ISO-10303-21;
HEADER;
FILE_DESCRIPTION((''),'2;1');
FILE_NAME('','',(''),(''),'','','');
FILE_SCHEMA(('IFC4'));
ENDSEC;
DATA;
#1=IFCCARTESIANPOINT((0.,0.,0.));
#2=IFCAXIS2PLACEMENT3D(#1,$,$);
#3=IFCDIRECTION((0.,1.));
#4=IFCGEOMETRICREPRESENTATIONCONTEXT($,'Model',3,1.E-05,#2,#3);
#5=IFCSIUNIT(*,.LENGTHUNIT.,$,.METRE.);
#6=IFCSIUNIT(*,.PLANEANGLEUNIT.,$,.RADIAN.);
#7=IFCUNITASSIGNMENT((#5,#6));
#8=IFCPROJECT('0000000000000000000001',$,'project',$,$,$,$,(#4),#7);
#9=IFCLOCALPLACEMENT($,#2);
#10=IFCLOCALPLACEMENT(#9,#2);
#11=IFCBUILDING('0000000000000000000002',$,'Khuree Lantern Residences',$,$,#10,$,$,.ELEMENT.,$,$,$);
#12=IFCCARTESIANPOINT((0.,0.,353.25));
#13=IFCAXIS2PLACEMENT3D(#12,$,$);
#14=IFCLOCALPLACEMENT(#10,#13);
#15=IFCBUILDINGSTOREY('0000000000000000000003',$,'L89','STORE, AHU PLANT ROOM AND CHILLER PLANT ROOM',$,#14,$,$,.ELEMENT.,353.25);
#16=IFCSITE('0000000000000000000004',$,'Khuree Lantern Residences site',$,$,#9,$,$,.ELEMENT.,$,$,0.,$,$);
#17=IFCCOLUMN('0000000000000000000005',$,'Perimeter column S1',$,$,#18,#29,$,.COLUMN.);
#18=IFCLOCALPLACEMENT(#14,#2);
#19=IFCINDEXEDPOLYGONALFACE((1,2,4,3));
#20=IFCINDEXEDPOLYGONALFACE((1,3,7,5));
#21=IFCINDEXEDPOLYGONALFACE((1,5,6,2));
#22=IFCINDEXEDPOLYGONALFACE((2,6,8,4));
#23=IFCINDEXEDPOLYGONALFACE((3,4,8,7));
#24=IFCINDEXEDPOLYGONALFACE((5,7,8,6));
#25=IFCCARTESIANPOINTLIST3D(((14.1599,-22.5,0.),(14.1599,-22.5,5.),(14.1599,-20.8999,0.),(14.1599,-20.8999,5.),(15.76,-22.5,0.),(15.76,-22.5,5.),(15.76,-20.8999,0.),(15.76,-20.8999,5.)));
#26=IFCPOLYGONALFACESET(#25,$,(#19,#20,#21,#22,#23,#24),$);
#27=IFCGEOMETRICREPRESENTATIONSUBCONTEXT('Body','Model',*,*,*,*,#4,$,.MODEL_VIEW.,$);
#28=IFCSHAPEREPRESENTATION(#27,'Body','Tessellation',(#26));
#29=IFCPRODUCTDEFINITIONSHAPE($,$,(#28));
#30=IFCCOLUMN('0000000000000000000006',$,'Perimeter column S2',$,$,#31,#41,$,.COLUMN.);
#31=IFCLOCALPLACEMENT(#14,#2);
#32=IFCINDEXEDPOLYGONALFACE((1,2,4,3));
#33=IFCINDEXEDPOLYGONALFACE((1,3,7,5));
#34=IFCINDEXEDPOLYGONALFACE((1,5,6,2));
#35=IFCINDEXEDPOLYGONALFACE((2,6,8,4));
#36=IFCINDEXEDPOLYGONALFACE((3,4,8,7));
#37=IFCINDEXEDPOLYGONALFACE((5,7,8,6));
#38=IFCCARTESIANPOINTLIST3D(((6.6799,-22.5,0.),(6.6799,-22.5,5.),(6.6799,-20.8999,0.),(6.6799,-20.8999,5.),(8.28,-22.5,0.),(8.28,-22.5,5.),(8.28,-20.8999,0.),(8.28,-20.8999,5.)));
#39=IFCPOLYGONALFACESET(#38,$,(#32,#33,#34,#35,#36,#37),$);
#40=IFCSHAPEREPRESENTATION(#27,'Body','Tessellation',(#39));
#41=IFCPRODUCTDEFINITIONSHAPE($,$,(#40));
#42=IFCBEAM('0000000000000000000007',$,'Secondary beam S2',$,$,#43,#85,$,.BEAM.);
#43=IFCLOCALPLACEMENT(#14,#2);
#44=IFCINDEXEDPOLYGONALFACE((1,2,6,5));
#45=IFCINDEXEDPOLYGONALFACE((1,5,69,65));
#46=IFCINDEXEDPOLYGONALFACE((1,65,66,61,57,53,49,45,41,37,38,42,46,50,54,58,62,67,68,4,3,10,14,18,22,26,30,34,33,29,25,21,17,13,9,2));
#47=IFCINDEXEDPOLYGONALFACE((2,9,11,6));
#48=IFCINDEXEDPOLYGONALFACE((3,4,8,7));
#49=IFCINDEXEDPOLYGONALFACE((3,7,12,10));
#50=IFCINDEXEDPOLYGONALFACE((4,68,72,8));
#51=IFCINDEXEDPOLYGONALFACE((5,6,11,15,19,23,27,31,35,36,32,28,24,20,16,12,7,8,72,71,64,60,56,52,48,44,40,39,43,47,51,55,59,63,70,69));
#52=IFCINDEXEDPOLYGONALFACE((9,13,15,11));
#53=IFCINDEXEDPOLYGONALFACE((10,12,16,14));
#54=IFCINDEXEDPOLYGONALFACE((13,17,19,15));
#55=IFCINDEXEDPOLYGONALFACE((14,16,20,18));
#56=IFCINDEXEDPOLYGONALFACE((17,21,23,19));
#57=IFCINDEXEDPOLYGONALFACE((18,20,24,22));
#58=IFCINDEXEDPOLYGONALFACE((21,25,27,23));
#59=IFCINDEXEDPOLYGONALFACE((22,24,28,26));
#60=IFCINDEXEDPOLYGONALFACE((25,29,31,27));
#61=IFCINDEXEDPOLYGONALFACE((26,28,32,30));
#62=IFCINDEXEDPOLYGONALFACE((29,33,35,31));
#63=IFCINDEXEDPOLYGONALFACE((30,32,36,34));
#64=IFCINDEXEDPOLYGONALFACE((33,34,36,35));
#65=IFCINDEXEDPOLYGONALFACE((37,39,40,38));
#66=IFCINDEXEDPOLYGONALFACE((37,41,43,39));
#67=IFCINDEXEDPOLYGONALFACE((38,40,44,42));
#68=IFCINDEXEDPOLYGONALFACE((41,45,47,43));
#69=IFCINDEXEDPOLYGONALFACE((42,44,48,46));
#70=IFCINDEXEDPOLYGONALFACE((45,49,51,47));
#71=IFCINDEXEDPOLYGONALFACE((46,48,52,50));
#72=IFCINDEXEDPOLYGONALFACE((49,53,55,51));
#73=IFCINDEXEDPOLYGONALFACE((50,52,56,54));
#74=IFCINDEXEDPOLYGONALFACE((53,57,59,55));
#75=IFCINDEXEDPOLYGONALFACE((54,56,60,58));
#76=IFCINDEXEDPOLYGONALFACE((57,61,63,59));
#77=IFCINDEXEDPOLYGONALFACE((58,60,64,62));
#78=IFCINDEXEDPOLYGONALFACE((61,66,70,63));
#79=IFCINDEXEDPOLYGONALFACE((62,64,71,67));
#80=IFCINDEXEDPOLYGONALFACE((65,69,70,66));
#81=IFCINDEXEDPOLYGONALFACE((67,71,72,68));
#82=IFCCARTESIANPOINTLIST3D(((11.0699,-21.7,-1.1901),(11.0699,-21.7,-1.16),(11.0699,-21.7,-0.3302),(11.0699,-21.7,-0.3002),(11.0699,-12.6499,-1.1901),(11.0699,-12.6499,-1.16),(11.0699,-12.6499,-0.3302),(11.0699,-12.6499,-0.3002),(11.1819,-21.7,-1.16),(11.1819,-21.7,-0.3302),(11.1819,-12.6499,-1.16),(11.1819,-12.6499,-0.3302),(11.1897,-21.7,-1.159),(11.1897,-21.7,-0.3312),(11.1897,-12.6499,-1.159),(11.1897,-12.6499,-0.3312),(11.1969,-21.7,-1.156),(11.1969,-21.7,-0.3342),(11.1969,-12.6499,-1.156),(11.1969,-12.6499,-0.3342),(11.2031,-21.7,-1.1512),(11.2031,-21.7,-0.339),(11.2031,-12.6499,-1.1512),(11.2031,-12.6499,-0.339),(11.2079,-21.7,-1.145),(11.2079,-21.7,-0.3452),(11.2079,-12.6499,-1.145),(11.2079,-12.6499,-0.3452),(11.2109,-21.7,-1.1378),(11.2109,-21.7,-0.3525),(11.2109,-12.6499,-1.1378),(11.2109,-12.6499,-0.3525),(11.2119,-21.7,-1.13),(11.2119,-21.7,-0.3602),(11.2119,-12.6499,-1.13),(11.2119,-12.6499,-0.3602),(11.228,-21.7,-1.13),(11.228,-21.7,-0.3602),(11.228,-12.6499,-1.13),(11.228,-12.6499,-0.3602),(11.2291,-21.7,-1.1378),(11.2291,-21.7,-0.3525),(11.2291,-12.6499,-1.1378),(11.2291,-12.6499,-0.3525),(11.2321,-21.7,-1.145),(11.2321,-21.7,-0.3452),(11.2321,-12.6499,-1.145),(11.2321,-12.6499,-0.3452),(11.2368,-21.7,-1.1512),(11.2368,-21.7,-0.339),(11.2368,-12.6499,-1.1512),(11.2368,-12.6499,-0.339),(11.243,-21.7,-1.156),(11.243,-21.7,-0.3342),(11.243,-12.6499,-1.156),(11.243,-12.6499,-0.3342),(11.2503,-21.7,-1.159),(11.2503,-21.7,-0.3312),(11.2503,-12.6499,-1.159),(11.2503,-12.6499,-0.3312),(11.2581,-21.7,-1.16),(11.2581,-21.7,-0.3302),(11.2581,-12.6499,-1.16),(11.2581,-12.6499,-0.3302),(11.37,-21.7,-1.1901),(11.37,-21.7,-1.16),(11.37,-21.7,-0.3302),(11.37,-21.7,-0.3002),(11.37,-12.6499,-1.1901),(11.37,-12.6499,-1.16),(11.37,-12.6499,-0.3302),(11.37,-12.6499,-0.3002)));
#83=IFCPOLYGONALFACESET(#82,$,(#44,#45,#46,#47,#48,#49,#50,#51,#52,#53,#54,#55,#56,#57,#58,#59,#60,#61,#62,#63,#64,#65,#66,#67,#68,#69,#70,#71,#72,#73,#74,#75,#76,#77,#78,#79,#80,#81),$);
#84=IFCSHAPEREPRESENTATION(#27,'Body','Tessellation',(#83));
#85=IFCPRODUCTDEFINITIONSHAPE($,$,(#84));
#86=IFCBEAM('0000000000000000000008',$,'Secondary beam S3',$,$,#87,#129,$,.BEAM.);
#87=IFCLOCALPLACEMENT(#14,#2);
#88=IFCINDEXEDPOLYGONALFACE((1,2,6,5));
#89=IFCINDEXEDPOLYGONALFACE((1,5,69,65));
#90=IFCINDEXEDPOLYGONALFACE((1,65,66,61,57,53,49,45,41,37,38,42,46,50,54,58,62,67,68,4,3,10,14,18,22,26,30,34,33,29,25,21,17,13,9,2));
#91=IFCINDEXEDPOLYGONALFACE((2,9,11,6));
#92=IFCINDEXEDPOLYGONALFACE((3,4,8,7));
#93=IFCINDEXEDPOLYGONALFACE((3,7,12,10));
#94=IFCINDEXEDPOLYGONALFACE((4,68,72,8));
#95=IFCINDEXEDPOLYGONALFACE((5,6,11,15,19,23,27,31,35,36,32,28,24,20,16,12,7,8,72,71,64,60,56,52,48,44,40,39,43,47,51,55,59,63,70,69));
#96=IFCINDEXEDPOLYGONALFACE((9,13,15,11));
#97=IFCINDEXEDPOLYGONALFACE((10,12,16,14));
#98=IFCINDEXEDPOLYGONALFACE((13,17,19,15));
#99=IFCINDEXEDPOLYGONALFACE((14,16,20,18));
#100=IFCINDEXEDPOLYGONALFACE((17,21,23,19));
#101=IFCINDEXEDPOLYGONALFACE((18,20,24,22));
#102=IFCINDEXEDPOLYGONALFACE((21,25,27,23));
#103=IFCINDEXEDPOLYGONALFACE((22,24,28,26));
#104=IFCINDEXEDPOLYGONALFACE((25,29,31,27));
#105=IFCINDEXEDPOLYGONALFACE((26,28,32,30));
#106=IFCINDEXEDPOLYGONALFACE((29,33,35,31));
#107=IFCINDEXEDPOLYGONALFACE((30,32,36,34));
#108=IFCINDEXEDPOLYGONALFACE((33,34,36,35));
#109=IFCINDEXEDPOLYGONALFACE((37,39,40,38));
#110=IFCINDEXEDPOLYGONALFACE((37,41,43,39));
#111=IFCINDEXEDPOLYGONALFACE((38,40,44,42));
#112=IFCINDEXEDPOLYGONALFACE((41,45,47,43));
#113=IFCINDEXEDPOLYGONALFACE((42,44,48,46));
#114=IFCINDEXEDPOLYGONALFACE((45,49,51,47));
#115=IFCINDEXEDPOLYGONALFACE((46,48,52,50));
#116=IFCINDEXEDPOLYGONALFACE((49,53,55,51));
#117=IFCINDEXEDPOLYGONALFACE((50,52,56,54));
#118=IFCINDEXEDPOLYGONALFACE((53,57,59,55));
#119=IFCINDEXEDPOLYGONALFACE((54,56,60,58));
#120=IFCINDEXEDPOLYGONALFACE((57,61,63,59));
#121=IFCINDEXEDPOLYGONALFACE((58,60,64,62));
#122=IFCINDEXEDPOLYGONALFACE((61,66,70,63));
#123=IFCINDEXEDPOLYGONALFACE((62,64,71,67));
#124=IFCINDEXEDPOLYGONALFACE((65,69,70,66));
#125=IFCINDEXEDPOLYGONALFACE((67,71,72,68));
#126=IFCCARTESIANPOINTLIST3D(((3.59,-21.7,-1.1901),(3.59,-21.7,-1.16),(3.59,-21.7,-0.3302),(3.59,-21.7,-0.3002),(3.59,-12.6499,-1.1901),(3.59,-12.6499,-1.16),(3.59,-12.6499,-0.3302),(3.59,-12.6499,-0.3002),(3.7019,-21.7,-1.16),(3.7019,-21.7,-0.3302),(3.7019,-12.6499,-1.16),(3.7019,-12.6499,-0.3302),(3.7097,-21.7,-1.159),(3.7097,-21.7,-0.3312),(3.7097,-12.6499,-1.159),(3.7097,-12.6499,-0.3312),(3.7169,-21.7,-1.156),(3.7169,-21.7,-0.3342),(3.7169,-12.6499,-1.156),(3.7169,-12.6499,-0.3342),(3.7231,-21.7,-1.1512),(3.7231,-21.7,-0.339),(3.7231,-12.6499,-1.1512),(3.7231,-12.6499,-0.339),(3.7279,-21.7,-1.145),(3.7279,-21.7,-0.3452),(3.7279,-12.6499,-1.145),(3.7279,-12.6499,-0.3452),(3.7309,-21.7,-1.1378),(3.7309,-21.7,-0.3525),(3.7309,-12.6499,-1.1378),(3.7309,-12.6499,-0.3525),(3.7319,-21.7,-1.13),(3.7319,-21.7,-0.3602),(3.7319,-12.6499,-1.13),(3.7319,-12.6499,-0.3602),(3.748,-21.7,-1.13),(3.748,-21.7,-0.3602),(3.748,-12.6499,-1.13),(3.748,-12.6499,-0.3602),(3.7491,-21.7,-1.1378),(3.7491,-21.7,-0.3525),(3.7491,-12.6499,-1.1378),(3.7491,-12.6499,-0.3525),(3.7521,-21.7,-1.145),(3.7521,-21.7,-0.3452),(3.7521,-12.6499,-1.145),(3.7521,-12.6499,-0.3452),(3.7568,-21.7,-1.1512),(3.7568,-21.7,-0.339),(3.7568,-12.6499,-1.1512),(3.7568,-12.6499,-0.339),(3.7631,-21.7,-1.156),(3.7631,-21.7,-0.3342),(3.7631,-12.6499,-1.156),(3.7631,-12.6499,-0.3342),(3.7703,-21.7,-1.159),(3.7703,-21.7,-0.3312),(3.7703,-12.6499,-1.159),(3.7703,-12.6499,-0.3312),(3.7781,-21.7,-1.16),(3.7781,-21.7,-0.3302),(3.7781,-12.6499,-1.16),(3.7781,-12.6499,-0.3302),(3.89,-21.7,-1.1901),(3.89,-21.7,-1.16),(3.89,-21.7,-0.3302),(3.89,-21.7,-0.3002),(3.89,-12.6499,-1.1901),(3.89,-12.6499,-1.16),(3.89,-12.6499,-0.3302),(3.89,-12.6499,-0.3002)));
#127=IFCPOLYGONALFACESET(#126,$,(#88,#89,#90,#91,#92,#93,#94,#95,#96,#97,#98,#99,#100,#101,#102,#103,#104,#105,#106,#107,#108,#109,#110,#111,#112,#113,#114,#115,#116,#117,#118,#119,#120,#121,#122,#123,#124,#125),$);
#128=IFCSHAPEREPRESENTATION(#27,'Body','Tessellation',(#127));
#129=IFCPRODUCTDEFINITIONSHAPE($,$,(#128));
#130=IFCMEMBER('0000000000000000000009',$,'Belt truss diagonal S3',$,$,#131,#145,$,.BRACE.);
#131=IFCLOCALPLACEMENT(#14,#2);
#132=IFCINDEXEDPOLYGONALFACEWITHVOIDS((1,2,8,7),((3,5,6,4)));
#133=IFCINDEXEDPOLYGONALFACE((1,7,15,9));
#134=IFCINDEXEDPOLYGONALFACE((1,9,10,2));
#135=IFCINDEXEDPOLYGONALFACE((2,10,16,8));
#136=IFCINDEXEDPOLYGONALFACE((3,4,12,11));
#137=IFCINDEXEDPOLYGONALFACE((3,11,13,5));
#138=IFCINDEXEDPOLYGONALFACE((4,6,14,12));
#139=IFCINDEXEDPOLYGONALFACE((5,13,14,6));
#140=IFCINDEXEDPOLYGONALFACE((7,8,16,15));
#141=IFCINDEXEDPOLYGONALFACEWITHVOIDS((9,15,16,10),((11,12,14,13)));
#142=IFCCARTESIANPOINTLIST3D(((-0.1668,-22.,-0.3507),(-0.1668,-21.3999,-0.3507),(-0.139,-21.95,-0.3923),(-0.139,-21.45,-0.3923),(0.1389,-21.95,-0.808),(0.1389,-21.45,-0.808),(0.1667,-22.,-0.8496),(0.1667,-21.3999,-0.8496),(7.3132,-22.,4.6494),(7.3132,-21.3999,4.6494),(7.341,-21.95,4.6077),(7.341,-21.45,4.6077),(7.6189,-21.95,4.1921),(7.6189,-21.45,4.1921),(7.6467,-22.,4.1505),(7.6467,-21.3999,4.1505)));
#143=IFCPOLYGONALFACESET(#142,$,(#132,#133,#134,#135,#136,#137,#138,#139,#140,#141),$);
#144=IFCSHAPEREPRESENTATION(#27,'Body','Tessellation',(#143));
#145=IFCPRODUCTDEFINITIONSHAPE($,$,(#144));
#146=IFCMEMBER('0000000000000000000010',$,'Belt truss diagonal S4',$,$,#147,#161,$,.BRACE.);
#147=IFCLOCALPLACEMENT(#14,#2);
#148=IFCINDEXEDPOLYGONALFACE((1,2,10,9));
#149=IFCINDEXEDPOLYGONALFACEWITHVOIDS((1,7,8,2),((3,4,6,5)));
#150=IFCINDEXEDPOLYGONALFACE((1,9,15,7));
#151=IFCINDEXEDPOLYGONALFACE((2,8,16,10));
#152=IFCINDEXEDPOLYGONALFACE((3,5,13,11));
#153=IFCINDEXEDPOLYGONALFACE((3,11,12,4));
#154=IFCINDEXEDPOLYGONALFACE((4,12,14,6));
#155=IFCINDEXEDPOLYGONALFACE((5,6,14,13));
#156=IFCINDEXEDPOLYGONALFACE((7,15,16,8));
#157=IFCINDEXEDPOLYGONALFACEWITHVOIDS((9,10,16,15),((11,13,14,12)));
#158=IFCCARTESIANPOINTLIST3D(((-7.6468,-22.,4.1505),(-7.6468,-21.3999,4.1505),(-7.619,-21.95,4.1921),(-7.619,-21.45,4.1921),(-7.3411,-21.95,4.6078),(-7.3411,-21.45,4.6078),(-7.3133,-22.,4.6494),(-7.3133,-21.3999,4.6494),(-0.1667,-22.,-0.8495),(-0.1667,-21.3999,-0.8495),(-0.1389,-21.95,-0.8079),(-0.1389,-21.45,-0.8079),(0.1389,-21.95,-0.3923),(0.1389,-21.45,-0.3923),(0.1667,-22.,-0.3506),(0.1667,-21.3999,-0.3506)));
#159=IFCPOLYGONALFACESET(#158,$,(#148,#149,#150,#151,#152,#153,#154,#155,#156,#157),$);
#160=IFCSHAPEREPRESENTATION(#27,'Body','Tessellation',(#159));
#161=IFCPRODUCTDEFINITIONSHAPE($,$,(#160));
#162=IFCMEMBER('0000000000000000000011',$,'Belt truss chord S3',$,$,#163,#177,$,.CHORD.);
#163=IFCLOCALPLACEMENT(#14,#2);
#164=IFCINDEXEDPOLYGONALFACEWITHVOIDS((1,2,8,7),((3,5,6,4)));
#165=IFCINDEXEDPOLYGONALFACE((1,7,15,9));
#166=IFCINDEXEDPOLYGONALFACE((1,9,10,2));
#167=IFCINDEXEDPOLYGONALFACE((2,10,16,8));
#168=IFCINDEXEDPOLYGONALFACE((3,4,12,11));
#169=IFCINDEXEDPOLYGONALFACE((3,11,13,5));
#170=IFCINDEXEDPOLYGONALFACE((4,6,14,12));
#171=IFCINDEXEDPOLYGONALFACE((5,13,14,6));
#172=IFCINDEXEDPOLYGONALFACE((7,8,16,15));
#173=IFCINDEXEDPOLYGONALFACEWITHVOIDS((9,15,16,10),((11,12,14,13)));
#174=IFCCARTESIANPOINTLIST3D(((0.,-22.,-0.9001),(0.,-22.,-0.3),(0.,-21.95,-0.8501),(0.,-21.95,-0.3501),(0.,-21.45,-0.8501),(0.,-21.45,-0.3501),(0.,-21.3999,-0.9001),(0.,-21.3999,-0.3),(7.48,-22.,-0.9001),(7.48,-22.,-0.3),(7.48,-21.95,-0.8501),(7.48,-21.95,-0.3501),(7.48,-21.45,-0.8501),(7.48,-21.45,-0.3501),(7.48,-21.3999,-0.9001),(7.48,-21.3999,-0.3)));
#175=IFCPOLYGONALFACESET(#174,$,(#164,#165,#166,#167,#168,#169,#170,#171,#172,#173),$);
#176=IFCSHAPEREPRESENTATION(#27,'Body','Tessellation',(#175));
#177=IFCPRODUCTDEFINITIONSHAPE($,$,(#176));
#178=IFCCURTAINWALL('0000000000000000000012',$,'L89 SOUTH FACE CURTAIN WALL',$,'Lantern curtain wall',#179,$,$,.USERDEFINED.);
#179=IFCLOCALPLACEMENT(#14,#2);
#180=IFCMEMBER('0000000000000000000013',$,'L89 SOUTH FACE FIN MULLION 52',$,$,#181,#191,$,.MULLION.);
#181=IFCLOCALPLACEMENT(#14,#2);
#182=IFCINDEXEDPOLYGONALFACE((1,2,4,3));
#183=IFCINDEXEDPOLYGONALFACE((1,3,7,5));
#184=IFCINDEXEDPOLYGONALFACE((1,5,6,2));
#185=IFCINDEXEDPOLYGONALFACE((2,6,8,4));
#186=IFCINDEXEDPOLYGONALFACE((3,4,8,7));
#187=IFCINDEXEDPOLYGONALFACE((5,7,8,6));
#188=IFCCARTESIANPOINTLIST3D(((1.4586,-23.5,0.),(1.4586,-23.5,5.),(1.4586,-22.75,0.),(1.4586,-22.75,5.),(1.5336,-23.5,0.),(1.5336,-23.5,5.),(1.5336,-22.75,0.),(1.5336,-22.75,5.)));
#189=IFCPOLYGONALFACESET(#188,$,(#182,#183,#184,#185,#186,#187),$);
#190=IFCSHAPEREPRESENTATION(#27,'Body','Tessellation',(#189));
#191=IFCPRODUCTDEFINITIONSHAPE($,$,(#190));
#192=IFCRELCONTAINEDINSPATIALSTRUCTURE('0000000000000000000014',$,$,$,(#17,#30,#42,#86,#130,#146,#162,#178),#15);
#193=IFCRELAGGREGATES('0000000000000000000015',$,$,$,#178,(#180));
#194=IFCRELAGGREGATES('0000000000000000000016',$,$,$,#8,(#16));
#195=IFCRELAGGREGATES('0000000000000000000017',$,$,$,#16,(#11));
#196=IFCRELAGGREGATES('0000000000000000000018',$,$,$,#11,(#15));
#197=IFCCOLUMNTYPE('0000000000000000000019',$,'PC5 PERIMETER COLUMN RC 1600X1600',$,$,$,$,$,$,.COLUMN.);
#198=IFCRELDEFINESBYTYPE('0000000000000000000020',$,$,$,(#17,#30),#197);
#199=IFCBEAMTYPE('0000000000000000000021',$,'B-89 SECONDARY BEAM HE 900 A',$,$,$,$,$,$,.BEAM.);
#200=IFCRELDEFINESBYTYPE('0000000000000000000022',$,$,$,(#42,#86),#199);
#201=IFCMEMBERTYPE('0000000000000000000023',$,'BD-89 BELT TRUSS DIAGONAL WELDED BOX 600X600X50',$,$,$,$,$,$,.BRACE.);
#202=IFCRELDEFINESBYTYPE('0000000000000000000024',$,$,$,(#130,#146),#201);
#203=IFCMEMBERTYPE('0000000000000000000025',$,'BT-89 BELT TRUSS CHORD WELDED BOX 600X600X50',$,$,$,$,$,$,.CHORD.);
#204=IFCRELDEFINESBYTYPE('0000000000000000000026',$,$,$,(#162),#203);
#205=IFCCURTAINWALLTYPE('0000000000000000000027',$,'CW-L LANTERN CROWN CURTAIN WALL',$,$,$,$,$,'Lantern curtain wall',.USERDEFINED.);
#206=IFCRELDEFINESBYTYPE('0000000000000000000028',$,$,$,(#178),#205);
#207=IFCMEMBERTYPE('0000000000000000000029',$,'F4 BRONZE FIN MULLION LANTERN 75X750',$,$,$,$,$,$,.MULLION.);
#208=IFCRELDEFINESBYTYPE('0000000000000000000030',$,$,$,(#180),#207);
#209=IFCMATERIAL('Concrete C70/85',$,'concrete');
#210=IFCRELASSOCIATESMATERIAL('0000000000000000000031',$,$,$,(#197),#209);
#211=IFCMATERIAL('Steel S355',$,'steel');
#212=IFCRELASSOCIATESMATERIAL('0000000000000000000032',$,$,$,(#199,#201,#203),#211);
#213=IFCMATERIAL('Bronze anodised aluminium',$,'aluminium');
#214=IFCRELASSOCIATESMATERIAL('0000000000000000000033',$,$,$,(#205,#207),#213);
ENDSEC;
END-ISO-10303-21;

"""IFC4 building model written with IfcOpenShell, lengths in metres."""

from ifc_helpers import new_model, si_unit, direction, frame, origin, origin_2d, place, context, subcontext, project, spatial, rectangle, hollow_rectangle, i_section, extrude, material, material_profile, profile_set, type_object, element, aggregate, save


model = new_model("IFC4")

# Units and contexts
model_context = context("Model", 3, precision=1e-05, world=origin(), true_north=direction((0.0, 1.0)))
body_context = subcontext(model_context, "Body", "Model", "MODEL_VIEW")
ifc_project = project(units=[si_unit("LENGTHUNIT", "METRE"), si_unit("PLANEANGLEUNIT", "RADIAN")], contexts=[model_context])

# Site, building, storey
site_placement = place(None, origin())
site = spatial("IfcSite", under=ifc_project, at=site_placement, Name="Khuree Lantern Residences site", CompositionType="ELEMENT", RefElevation=0.0)
building_placement = place(site_placement, origin())
building = spatial("IfcBuilding", under=site, at=building_placement, Name="Khuree Lantern Residences", CompositionType="ELEMENT")
storey_placement = place(building_placement, frame((0.0, 0.0, 353.25)))
storey = spatial("IfcBuildingStorey", under=building, at=storey_placement, Name="L89", Description="STORE, AHU PLANT ROOM AND CHILLER PLANT ROOM", CompositionType="ELEMENT", Elevation=353.25)

# Columns
ifc_material_1 = material(Name="Concrete C70/85", Category="concrete")
ifc_material_profile_1 = material_profile(ifc_material_1, rectangle(XDim=1.6001, YDim=1.6001, at=origin_2d()), Name="RC 1600X1600")
ifc_profile_set_1 = profile_set([ifc_material_profile_1], Name="Concrete C70/85")
column_type = type_object("IfcColumnType", Name="PC5 PERIMETER COLUMN RC 1600X1600", PredefinedType="COLUMN", material=ifc_profile_set_1)
for number, where, z_axis, x_axis, name in (
    (1, (14.96, -21.7, 0.0), (0.0, 0.0, 1.0), (1.0, 0.0, 0.0), "Perimeter column S1"),
    (2, (7.48, -21.7, 0.0), (0.0, 0.0, 1.0), (1.0, 0.0, 0.0), "Perimeter column S2"),
):
    element("IfcColumn", number, at=place(storey_placement, frame(where, z_axis=z_axis, x_axis=x_axis)), inside=storey, type_object=column_type, Name=name, PredefinedType="COLUMN", context=body_context, shape_type="SweptSolid", body=[
        extrude(rectangle(XDim=1.6001, YDim=1.6001, at=origin_2d()), origin(), (0.0, 0.0, 1.0), 5.0),
    ])

# Beams
ifc_material_2 = material(Name="Steel S355", Category="steel")
ifc_material_profile_2 = material_profile(ifc_material_2, i_section(OverallWidth=0.3, OverallDepth=0.8899, WebThickness=0.0161, FlangeThickness=0.03, FilletRadius=0.03, at=origin_2d()), Name="HE 900 A")
ifc_profile_set_2 = profile_set([ifc_material_profile_2], Name="Steel S355")
beam_type = type_object("IfcBeamType", Name="B-89 SECONDARY BEAM HE 900 A", PredefinedType="BEAM", material=ifc_profile_set_2)
for number, where, z_axis, x_axis, name in (
    (3, (11.22, -21.7, -0.7451), (0.0, 1.0, 0.0), (-1.0, 0.0, 0.0), "Secondary beam S2"),
    (4, (3.74, -21.7, -0.7451), (0.0, 1.0, 0.0), (-1.0, 0.0, 0.0), "Secondary beam S3"),
):
    element("IfcBeam", number, at=place(storey_placement, frame(where, z_axis=z_axis, x_axis=x_axis)), inside=storey, type_object=beam_type, Name=name, PredefinedType="BEAM", context=body_context, shape_type="SweptSolid", body=[
        extrude(i_section(OverallWidth=0.3, OverallDepth=0.8899, WebThickness=0.0161, FlangeThickness=0.03, FilletRadius=0.03, at=origin_2d()), origin(), (0.0, 0.0, 1.0), 9.05),
    ])

# Members
ifc_material_profile_3 = material_profile(ifc_material_2, hollow_rectangle(XDim=0.6001, YDim=0.6001, WallThickness=0.05, at=origin_2d()), Name="WELDED BOX 600X600X50")
ifc_profile_set_3 = profile_set([ifc_material_profile_3], Name="Steel S355")
member_type_1 = type_object("IfcMemberType", Name="BD-89 BELT TRUSS DIAGONAL WELDED BOX 600X600X50", PredefinedType="BRACE", material=ifc_profile_set_3)
for number, where, z_axis, x_axis, name in (
    (5, (7.48, -21.7, 4.3999), (-0.831365, 0.0, -0.555727), (0.0, -1.0, 0.0), "Belt truss diagonal S3"),
    (6, (0.0, -21.7, -0.6001), (-0.831365, 0.0, 0.555727), (0.0, -1.0, 0.0), "Belt truss diagonal S4"),
):
    element("IfcMember", number, at=place(storey_placement, frame(where, z_axis=z_axis, x_axis=x_axis)), inside=storey, type_object=member_type_1, Name=name, PredefinedType="BRACE", context=body_context, shape_type="SweptSolid", body=[
        extrude(hollow_rectangle(XDim=0.6001, YDim=0.6001, WallThickness=0.05, at=origin_2d()), origin(), (0.0, 0.0, 1.0), 8.9973),
    ])
ifc_material_profile_4 = material_profile(ifc_material_2, hollow_rectangle(XDim=0.6001, YDim=0.6001, WallThickness=0.05, at=origin_2d()), Name="WELDED BOX 600X600X50")
ifc_profile_set_4 = profile_set([ifc_material_profile_4], Name="Steel S355")
member_type_2 = type_object("IfcMemberType", Name="BT-89 BELT TRUSS CHORD WELDED BOX 600X600X50", PredefinedType="CHORD", material=ifc_profile_set_4)
member_1_placement = place(storey_placement, frame((7.48, -21.7, -0.6001), z_axis=(-1.0, 0.0, 0.0), x_axis=(0.0, -1.0, 0.0)))
element("IfcMember", 7, at=member_1_placement, inside=storey, type_object=member_type_2, Name="Belt truss chord S3", PredefinedType="CHORD", context=body_context, shape_type="SweptSolid", body=[
    extrude(hollow_rectangle(XDim=0.6001, YDim=0.6001, WallThickness=0.05, at=origin_2d()), origin(), (0.0, 0.0, 1.0), 7.48),
])

# Curtain wall, member
ifc_material_3 = material(Name="Bronze anodised aluminium", Category="aluminium")
curtain_wall_type = type_object("IfcCurtainWallType", Name="CW-L LANTERN CROWN CURTAIN WALL", ElementType="Lantern curtain wall", PredefinedType="USERDEFINED", material=ifc_material_3)
curtain_wall_placement = place(storey_placement, origin())
curtain_wall = element("IfcCurtainWall", 8, at=curtain_wall_placement, inside=storey, type_object=curtain_wall_type, Name="L89 SOUTH FACE CURTAIN WALL", ObjectType="Lantern curtain wall", PredefinedType="USERDEFINED")
ifc_material_profile_5 = material_profile(ifc_material_3, rectangle(XDim=0.075, YDim=0.75, at=origin_2d()), Name="F4 75X750")
ifc_profile_set_5 = profile_set([ifc_material_profile_5], Name="Bronze anodised aluminium")
member_type_3 = type_object("IfcMemberType", Name="F4 BRONZE FIN MULLION LANTERN 75X750", PredefinedType="MULLION", material=ifc_profile_set_5)
member_2_placement = place(storey_placement, frame((1.4961, -23.125, 0.0), z_axis=(0.0, 0.0, 1.0), x_axis=(1.0, 0.0, 0.0)))
member_2 = element("IfcMember", 9, at=member_2_placement, type_object=member_type_3, Name="L89 SOUTH FACE FIN MULLION 52", PredefinedType="MULLION", context=body_context, shape_type="SweptSolid", body=[
    extrude(rectangle(XDim=0.075, YDim=0.75, at=origin_2d()), origin(), (0.0, 0.0, 1.0), 5.0),
])

aggregate(curtain_wall, [member_2])

save(model, "model.ifc")
